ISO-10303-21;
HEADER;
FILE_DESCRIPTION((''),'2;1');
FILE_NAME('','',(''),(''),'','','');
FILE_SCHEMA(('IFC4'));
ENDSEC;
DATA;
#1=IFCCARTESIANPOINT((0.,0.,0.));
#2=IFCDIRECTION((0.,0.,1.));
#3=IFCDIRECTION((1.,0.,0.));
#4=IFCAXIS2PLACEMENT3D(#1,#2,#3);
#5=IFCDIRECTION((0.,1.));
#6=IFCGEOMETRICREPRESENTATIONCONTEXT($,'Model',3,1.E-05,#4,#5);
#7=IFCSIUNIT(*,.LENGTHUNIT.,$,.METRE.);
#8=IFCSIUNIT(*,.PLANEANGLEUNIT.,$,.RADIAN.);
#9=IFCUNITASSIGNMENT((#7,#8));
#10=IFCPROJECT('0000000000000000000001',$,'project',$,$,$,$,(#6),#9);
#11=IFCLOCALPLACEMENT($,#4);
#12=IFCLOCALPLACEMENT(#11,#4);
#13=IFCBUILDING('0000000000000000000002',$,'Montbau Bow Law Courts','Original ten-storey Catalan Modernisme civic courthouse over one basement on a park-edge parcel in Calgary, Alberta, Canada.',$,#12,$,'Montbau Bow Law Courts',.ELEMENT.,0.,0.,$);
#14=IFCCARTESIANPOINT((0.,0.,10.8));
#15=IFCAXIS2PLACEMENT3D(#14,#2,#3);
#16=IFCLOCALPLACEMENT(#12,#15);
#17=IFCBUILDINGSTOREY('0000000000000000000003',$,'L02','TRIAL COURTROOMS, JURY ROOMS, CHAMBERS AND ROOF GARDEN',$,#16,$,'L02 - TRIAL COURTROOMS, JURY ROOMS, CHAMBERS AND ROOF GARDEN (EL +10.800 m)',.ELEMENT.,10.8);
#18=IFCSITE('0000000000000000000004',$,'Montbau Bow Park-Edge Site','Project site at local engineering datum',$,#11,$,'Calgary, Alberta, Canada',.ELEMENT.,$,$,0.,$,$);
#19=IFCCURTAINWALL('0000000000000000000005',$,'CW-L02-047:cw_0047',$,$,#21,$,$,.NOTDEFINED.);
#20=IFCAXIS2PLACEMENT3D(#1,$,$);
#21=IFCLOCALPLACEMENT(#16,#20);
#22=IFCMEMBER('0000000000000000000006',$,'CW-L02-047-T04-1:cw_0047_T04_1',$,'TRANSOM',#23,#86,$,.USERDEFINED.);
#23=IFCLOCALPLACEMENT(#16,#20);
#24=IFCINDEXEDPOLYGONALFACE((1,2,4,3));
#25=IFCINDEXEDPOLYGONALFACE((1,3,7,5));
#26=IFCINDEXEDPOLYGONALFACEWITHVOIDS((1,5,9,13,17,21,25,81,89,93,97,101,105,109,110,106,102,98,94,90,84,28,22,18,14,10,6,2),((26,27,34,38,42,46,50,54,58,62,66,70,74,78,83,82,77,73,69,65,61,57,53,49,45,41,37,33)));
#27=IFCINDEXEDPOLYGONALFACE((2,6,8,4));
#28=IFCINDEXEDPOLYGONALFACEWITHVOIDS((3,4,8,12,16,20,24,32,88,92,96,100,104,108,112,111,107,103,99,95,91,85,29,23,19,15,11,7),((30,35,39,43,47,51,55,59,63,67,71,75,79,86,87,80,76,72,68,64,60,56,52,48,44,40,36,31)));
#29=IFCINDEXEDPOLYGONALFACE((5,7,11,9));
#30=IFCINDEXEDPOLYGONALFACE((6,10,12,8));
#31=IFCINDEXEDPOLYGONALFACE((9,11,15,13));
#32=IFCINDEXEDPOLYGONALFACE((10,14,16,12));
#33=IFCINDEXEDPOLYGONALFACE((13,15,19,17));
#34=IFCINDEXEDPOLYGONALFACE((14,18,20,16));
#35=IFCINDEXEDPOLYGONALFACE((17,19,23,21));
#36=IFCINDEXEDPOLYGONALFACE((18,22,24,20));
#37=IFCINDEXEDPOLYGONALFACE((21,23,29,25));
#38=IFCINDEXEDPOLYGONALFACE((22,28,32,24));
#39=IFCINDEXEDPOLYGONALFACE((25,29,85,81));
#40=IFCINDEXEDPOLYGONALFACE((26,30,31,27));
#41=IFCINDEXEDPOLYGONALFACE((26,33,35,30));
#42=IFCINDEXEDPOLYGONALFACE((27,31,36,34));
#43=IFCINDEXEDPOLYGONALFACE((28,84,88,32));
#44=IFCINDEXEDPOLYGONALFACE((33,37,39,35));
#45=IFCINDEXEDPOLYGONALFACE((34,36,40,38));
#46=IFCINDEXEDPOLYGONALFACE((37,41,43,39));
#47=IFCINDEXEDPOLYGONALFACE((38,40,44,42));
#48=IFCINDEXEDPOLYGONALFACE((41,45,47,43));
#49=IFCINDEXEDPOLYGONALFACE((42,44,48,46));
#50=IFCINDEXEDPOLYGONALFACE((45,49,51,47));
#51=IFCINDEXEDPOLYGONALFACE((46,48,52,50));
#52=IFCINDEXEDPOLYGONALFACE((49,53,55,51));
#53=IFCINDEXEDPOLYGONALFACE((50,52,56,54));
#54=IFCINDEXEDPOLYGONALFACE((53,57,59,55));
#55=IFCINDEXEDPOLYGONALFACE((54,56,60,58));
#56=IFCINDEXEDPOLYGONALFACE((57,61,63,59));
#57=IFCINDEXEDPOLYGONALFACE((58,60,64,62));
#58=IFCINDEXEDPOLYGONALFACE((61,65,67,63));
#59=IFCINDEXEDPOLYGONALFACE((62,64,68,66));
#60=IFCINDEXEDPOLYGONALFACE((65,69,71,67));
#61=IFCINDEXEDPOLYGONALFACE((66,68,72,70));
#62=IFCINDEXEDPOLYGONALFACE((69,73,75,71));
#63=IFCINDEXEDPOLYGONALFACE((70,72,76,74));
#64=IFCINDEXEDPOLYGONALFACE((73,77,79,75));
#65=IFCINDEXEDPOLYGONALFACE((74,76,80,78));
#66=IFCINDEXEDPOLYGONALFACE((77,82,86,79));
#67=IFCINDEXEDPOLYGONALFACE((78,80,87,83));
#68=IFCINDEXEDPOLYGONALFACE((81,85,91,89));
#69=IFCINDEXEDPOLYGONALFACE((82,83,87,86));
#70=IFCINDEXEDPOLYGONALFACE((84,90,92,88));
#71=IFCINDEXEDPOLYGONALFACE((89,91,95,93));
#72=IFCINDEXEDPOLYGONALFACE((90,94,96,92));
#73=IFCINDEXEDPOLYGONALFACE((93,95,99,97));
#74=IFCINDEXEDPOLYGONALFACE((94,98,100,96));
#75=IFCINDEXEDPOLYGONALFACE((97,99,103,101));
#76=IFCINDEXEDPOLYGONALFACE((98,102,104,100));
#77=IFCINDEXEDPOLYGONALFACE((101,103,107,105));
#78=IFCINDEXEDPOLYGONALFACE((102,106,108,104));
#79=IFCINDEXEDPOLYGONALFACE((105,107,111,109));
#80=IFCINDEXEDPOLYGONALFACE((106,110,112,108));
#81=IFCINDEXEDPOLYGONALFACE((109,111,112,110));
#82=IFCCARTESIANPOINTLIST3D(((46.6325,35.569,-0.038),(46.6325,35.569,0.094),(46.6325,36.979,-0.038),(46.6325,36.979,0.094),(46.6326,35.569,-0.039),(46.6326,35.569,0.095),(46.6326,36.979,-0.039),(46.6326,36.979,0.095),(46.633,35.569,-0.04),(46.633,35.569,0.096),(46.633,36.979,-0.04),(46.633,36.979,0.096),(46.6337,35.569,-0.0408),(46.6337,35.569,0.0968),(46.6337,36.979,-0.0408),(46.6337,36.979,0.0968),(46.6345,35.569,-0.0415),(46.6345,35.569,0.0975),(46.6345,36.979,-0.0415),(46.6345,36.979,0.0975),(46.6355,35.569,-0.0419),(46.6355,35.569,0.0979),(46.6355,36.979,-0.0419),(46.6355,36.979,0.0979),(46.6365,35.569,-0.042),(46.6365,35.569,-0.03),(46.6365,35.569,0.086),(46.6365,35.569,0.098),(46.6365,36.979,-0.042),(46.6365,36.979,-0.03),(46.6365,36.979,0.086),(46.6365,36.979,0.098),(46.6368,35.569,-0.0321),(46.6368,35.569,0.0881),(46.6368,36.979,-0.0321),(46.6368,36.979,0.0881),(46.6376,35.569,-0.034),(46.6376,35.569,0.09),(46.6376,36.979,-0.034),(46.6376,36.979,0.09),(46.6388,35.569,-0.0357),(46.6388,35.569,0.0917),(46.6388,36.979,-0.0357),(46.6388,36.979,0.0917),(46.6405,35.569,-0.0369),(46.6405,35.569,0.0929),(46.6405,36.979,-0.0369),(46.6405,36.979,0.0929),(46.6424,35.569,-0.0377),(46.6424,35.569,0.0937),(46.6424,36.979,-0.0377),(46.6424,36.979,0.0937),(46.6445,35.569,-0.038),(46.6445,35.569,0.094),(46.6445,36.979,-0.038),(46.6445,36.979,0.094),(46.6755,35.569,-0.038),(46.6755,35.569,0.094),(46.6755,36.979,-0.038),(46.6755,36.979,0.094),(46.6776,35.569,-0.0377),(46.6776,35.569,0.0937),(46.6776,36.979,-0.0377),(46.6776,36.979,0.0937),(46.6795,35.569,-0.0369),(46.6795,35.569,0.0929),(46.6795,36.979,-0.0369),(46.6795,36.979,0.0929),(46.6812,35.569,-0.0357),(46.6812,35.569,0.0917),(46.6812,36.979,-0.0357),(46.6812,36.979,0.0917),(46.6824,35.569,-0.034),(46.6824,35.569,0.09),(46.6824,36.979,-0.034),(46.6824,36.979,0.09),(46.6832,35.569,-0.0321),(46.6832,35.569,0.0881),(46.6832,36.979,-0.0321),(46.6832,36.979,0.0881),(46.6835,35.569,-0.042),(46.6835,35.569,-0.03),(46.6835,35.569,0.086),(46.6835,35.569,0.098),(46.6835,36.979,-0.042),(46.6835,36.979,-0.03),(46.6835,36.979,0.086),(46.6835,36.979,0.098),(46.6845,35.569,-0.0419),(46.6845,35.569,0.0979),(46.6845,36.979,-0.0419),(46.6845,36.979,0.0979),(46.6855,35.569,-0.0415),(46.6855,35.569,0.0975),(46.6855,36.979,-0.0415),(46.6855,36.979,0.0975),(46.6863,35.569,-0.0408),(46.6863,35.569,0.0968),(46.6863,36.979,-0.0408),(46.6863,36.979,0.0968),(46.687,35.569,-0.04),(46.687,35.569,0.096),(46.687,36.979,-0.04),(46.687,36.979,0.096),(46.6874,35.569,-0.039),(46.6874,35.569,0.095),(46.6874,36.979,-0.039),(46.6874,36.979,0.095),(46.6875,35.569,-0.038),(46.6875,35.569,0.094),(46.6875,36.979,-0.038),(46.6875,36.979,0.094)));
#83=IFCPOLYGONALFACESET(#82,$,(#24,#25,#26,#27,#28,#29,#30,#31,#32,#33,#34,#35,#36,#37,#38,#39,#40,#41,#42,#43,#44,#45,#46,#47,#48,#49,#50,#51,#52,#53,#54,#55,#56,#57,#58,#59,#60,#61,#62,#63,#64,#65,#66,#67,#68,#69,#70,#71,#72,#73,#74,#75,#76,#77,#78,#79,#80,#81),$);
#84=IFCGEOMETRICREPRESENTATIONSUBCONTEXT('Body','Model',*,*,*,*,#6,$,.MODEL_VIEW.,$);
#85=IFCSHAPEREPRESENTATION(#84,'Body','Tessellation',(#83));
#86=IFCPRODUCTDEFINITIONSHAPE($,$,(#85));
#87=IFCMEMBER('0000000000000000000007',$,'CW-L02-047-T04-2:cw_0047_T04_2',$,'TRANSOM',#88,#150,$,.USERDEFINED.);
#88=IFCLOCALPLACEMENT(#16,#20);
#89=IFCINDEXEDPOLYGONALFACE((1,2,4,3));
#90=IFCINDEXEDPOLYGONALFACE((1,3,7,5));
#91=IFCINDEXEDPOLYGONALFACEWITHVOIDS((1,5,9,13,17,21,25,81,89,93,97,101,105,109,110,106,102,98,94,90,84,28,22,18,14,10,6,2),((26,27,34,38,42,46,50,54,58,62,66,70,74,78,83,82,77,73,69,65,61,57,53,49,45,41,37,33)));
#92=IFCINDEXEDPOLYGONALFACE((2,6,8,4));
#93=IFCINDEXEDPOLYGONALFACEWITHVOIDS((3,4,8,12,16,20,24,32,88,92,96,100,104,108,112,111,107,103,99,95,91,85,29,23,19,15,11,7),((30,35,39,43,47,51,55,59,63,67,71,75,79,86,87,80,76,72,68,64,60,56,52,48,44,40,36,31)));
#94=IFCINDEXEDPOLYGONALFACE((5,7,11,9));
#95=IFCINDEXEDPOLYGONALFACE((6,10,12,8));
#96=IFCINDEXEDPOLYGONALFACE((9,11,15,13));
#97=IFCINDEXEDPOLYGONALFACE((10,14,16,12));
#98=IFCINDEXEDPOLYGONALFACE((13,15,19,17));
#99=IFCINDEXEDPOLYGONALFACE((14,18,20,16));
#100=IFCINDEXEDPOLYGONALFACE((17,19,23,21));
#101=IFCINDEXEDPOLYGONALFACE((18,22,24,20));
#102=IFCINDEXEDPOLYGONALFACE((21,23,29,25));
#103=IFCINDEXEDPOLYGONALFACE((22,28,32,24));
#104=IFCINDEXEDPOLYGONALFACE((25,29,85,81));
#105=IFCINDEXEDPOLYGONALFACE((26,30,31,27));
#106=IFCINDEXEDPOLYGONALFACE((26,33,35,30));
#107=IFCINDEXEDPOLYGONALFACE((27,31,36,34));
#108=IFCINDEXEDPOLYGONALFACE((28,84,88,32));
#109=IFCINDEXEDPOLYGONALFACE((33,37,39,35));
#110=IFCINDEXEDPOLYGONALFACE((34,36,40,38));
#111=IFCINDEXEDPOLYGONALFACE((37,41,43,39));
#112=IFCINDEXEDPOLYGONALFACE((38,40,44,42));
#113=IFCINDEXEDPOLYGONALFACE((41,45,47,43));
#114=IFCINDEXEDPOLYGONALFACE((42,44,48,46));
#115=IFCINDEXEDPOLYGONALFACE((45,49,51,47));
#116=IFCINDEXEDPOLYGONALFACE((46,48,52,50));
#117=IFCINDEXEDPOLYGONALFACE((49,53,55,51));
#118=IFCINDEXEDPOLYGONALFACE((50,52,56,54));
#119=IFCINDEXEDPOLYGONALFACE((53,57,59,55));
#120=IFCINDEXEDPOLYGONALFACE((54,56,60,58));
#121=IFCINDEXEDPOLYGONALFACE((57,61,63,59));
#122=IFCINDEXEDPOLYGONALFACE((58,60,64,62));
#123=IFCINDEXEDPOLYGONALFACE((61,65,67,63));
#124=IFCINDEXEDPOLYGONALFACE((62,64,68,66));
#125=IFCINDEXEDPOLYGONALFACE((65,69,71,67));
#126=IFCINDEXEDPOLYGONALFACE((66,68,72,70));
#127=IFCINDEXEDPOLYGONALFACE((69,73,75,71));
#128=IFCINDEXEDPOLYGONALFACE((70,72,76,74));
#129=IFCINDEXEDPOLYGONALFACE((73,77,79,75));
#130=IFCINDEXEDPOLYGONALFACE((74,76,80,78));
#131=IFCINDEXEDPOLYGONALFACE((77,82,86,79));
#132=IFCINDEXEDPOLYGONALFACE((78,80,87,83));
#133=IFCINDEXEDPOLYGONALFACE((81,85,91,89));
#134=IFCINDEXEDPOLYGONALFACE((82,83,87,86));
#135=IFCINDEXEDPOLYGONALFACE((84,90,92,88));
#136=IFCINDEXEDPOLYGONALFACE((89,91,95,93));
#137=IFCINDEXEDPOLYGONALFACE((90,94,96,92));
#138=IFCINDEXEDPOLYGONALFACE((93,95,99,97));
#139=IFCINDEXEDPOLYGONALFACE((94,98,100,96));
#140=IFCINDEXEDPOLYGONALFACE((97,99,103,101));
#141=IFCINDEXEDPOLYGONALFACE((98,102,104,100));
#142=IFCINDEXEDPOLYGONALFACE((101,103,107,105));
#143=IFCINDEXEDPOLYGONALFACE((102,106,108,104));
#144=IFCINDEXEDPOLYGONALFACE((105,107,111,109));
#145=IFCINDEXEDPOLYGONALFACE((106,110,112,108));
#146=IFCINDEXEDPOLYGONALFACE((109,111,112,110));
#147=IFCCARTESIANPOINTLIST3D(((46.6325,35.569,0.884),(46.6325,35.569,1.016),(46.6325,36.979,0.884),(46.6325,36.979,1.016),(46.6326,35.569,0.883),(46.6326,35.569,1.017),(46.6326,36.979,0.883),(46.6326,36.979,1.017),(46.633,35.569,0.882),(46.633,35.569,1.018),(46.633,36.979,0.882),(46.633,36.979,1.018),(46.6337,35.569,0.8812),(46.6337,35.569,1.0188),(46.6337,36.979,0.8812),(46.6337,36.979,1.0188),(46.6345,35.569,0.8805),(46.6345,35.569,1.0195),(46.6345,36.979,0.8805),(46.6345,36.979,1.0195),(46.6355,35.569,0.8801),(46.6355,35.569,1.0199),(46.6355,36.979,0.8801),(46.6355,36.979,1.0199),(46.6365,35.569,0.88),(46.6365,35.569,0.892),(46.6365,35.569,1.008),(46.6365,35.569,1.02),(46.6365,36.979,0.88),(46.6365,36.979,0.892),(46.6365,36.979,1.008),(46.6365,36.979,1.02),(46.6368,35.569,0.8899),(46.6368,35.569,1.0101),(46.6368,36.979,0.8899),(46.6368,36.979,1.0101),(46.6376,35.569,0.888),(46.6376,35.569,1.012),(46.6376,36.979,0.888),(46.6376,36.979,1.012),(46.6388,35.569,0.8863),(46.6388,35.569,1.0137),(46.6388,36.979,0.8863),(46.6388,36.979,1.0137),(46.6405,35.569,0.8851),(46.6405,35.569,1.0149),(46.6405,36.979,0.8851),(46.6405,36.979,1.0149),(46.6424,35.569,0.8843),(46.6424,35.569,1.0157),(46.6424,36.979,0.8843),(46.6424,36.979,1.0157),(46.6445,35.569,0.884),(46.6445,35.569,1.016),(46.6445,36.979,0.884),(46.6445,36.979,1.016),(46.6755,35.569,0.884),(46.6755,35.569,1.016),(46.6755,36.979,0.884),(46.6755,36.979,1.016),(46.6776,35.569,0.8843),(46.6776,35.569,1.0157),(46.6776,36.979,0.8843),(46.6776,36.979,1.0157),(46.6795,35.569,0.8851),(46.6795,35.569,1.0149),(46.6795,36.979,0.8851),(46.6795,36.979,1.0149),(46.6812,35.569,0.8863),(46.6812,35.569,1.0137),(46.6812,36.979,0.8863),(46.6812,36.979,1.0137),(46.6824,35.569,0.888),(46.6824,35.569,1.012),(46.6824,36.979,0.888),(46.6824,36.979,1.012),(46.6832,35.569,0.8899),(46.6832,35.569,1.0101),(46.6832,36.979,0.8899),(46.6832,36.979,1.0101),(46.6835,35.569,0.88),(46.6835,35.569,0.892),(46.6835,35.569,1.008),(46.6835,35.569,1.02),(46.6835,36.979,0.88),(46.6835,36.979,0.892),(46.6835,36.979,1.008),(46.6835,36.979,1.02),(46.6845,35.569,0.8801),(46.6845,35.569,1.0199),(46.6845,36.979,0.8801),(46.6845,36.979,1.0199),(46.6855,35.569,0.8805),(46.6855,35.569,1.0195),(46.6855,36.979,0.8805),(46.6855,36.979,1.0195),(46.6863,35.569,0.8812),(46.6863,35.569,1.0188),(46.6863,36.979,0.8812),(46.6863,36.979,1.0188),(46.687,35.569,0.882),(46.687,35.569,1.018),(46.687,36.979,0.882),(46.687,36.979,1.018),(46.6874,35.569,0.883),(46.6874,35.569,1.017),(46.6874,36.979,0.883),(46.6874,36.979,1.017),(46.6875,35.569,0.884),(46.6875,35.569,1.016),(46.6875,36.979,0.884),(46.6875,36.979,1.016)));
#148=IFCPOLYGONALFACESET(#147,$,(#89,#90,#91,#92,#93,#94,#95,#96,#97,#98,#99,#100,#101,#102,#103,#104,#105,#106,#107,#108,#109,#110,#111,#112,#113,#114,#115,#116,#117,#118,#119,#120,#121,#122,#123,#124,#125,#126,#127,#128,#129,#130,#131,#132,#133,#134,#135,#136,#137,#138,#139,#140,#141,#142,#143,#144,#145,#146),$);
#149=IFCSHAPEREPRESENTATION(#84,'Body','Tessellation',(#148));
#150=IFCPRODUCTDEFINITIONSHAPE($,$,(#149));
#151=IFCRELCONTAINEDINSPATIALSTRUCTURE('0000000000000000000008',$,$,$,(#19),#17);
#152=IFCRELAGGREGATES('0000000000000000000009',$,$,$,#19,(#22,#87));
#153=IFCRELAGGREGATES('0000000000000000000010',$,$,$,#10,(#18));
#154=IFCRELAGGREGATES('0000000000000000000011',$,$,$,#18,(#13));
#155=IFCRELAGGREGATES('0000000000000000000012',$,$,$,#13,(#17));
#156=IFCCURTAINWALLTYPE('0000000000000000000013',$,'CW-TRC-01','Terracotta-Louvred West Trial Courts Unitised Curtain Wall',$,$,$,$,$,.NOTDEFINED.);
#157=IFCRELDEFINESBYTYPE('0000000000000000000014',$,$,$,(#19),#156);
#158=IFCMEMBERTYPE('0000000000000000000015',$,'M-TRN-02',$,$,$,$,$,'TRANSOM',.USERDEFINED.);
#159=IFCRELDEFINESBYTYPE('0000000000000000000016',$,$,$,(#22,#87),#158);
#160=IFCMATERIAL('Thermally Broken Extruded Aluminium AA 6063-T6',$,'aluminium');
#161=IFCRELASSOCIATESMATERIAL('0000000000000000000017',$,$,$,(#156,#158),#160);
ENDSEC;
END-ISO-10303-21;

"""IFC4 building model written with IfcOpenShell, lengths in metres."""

from ifc_helpers import new_model, si_unit, direction, frame, origin_with_axes, origin_2d_with_axis, place, context, subcontext, project, spatial, hollow_rectangle, extrude, material, material_profile, profile_set, type_object, element, aggregate, save


model = new_model("IFC4")

# Units and contexts
model_context = context("Model", 3, precision=1e-05, world=origin_with_axes(), true_north=direction((0.0, 1.0)))
body_context = subcontext(model_context, "Body", "Model", "MODEL_VIEW")
ifc_project = project(units=[si_unit("LENGTHUNIT", "METRE"), si_unit("PLANEANGLEUNIT", "RADIAN")], contexts=[model_context])

# Site, building, storey
site_placement = place(None, origin_with_axes())
site = spatial("IfcSite", under=ifc_project, at=site_placement, Name="Montbau Bow Park-Edge Site", Description="Project site at local engineering datum", LongName="Calgary, Alberta, Canada", CompositionType="ELEMENT", RefElevation=0.0)
building_placement = place(site_placement, origin_with_axes())
building = spatial("IfcBuilding", under=site, at=building_placement, Name="Montbau Bow Law Courts", Description="Original ten-storey Catalan Modernisme civic courthouse over one basement on a park-edge parcel in Calgary, Alberta, Canada.", LongName="Montbau Bow Law Courts", CompositionType="ELEMENT", ElevationOfRefHeight=0.0, ElevationOfTerrain=0.0)
storey_placement = place(building_placement, frame((0.0, 0.0, 10.8), z_axis=(0.0, 0.0, 1.0), x_axis=(1.0, 0.0, 0.0)))
storey = spatial("IfcBuildingStorey", under=building, at=storey_placement, Name="L02", Description="TRIAL COURTROOMS, JURY ROOMS, CHAMBERS AND ROOF GARDEN", LongName="L02 - TRIAL COURTROOMS, JURY ROOMS, CHAMBERS AND ROOF GARDEN (EL +10.800 m)", CompositionType="ELEMENT", Elevation=10.8)

# Shared definitions
ifc_material_1 = material(Name="Thermally Broken Extruded Aluminium AA 6063-T6", Category="aluminium")
curtain_wall_type = type_object("IfcCurtainWallType", Name="CW-TRC-01", Description="Terracotta-Louvred West Trial Courts Unitised Curtain Wall", PredefinedType="NOTDEFINED", material=ifc_material_1)

# Curtain wall, members
curtain_wall_1_placement = place(None, frame((46.66, 31.115, 10.8), z_axis=(0.0, 0.0, 1.0), x_axis=(1.0, 0.0, 0.0)))
curtain_wall_1 = element("IfcCurtainWall", 1, at=curtain_wall_1_placement, inside=storey, type_object=curtain_wall_type, Name="CW-L02-047:cw_0047", PredefinedType="NOTDEFINED")
ifc_material_profile_1 = material_profile(ifc_material_1, hollow_rectangle(XDim=0.055, YDim=0.14, WallThickness=0.004, InnerFilletRadius=0.008, OuterFilletRadius=0.004, at=origin_2d_with_axis()), Name="CWT-140X55", Category="Main", Priority=0)
ifc_profile_set_1 = profile_set([ifc_material_profile_1], Name="Thermally Broken Extruded Aluminium AA 6063-T6")
member_type_1 = type_object("IfcMemberType", Name="M-TRN-02", ElementType="TRANSOM", PredefinedType="USERDEFINED", material=ifc_profile_set_1)
member_1_placement = place(None, frame((46.66, 35.569, 10.828), z_axis=(0.0, 1.0, 0.0), x_axis=(-1.0, 0.0, 0.0)))
member_1 = element("IfcMember", 2, at=member_1_placement, type_object=member_type_1, Name="CW-L02-047-T04-1:cw_0047_T04_1", ObjectType="TRANSOM", PredefinedType="USERDEFINED", context=body_context, shape_type="SweptSolid", body=[
    extrude(hollow_rectangle(XDim=0.055, YDim=0.14, WallThickness=0.004, InnerFilletRadius=0.008, OuterFilletRadius=0.004, at=origin_2d_with_axis()), origin_with_axes(), (0.0, 0.0, 1.0), 1.41),
])
member_2_placement = place(None, frame((46.66, 35.569, 11.75), z_axis=(0.0, 1.0, 0.0), x_axis=(-1.0, 0.0, 0.0)))
member_2 = element("IfcMember", 3, at=member_2_placement, type_object=member_type_1, Name="CW-L02-047-T04-2:cw_0047_T04_2", ObjectType="TRANSOM", PredefinedType="USERDEFINED", context=body_context, shape_type="SweptSolid", body=[
    extrude(hollow_rectangle(XDim=0.055, YDim=0.14, WallThickness=0.004, InnerFilletRadius=0.008, OuterFilletRadius=0.004, at=origin_2d_with_axis()), origin_with_axes(), (0.0, 0.0, 1.0), 1.41),
])
aggregate(curtain_wall_1, [member_1, member_2])

save(model, "model.ifc")
